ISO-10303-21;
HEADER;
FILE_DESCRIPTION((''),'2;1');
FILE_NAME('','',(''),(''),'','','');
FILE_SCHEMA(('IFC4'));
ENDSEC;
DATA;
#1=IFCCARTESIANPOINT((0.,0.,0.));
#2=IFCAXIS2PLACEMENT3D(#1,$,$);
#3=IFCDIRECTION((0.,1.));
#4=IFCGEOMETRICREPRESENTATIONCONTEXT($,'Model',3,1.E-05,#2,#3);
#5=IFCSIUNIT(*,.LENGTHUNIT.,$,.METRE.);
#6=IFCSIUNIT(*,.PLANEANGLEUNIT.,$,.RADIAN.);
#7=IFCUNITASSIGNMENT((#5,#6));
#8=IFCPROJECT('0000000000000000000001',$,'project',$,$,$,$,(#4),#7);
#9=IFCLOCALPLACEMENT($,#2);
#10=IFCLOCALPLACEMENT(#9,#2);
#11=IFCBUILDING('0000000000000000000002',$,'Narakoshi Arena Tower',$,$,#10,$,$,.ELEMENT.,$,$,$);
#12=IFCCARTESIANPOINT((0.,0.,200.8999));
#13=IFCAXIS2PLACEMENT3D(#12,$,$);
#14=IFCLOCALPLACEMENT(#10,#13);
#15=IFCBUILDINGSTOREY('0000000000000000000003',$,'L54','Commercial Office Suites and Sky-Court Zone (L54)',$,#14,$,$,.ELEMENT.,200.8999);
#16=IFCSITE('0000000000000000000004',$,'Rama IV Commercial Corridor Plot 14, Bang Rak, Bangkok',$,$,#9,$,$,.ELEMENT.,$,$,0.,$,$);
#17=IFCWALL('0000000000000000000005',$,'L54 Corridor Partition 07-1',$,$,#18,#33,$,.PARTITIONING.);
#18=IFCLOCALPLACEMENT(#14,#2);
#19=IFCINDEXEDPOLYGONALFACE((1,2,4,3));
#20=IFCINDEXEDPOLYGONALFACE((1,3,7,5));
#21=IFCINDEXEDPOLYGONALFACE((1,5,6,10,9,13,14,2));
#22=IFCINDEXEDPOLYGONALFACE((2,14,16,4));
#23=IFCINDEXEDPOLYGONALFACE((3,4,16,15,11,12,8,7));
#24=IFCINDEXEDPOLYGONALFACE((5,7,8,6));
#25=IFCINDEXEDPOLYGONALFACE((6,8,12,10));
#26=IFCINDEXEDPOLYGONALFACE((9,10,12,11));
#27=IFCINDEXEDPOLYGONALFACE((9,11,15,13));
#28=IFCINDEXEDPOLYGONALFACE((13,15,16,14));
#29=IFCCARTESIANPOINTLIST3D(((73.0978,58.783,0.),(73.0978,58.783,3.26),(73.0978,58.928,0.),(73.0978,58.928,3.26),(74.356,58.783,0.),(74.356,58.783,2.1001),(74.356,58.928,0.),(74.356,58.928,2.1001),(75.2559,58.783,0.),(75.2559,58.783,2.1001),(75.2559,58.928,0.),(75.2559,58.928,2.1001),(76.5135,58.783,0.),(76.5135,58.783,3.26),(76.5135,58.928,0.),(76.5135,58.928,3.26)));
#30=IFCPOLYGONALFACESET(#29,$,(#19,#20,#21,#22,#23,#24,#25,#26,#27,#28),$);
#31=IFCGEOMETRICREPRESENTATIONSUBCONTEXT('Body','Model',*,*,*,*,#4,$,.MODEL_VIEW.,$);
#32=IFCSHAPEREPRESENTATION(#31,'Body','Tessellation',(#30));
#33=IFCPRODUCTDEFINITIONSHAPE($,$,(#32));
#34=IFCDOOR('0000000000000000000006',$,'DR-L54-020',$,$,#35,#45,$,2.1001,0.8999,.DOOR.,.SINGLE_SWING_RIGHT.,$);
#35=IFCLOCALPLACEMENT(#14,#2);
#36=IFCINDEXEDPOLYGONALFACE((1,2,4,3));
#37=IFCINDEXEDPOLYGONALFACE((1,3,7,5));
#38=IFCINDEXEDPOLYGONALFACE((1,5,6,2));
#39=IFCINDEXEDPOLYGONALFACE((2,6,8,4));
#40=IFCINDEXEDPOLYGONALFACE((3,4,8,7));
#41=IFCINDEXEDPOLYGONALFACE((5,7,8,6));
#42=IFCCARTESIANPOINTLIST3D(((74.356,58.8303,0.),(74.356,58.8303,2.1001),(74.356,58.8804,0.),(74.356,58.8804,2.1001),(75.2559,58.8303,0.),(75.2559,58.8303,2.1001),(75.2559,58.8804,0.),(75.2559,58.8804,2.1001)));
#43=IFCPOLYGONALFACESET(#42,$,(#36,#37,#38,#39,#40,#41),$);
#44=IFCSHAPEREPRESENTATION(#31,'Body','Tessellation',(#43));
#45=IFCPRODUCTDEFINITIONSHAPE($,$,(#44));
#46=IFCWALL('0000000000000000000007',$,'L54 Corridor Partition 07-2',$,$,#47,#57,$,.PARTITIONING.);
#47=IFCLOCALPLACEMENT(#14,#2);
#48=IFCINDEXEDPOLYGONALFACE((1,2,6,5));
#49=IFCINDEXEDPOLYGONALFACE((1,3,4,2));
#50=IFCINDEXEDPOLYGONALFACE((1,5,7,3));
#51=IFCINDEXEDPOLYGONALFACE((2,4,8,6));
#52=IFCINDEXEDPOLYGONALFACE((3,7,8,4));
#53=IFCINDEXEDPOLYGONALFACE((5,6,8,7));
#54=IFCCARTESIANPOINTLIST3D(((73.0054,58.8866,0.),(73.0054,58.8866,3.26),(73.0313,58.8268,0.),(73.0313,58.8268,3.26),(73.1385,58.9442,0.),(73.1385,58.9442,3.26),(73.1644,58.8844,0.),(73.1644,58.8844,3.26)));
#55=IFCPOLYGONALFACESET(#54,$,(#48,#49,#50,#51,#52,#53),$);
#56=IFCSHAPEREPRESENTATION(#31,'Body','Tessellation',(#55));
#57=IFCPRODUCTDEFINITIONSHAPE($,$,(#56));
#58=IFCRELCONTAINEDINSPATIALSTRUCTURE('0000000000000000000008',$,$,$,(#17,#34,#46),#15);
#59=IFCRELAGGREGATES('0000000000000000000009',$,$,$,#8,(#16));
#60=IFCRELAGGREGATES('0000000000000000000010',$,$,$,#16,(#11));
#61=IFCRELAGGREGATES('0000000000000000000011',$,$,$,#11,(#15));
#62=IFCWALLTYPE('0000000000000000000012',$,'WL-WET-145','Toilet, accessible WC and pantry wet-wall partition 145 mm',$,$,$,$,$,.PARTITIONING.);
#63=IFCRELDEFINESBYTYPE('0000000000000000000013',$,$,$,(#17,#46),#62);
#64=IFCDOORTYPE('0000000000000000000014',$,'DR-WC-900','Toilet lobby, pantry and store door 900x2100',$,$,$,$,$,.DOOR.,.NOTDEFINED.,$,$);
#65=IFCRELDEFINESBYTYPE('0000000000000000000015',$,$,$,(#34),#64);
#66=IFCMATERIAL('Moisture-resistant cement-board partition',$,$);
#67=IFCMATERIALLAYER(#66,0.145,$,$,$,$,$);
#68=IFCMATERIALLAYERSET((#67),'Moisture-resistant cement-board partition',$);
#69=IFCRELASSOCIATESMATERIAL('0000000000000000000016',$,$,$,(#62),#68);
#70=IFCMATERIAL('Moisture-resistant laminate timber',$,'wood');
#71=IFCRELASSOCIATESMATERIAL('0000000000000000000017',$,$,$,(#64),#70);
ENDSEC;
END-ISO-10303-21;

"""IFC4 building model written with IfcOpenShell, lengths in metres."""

from ifc_helpers import new_model, si_unit, direction, frame, frame_2d, origin, place, context, subcontext, project, spatial, rectangle, extrude, material, layer, layer_set, type_object, element, fill, save


model = new_model("IFC4")

# Units and contexts
model_context = context("Model", 3, precision=1e-05, world=origin(), true_north=direction((0.0, 1.0)))
body_context = subcontext(model_context, "Body", "Model", "MODEL_VIEW")
ifc_project = project(units=[si_unit("LENGTHUNIT", "METRE"), si_unit("PLANEANGLEUNIT", "RADIAN")], contexts=[model_context])

# Site, building, storey
site_placement = place(None, origin())
site = spatial("IfcSite", under=ifc_project, at=site_placement, Name="Rama IV Commercial Corridor Plot 14, Bang Rak, Bangkok", CompositionType="ELEMENT", RefElevation=0.0)
building_placement = place(site_placement, origin())
building = spatial("IfcBuilding", under=site, at=building_placement, Name="Narakoshi Arena Tower", CompositionType="ELEMENT")
storey_placement = place(building_placement, frame((0.0, 0.0, 200.8999)))
storey = spatial("IfcBuildingStorey", under=building, at=storey_placement, Name="L54", Description="Commercial Office Suites and Sky-Court Zone (L54)", CompositionType="ELEMENT", Elevation=200.8999)

# Shared definitions
ifc_material_1 = material(Name="Moisture-resistant cement-board partition")
ifc_layer_1 = layer(ifc_material_1, 0.145)
ifc_layer_set_1 = layer_set([ifc_layer_1], Name="Moisture-resistant cement-board partition")
wall_type_1 = type_object("IfcWallType", Name="WL-WET-145", Description="Toilet, accessible WC and pantry wet-wall partition 145 mm", PredefinedType="PARTITIONING", material=ifc_layer_set_1)

# Wall, opening, door
wall_1_placement = place(storey_placement, frame((76.5137, 58.8555, 0.0), z_axis=(0.0, 0.0, 1.0), x_axis=(-1.0, 0.0, 0.0)))
wall_1 = element("IfcWall", 1, at=wall_1_placement, inside=storey, type_object=wall_type_1, Name="L54 Corridor Partition 07-1", PredefinedType="PARTITIONING", context=body_context, shape_type="SweptSolid", body=[
    extrude(rectangle(XDim=3.4158, YDim=0.145, at=frame_2d((1.708, 0.0))), origin(), (0.0, 0.0, 1.0), 3.26),
])
opening_1_placement = place(wall_1_placement, frame((1.2578, 0.0, 0.0)))
opening_1 = element("IfcOpeningElement", 2, at=opening_1_placement, cuts=wall_1, PredefinedType="OPENING", context=body_context, shape_type="SweptSolid", body=[
    extrude(rectangle(XDim=0.8999, YDim=2.1001, at=frame_2d((0.45, 1.05))), frame((0.0, 0.0825, 0.0), z_axis=(0.0, -1.0, 0.0), x_axis=(1.0, 0.0, 0.0)), (0.0, 0.0, 1.0), 0.165),
])
ifc_material_2 = material(Name="Moisture-resistant laminate timber", Category="wood")
door_type_1 = type_object("IfcDoorType", Name="DR-WC-900", Description="Toilet lobby, pantry and store door 900x2100", OperationType="NOTDEFINED", PredefinedType="DOOR", material=ifc_material_2)
door_1_placement = place(opening_1_placement, frame((0.8999, 0.0, 0.0), z_axis=(0.0, 0.0, 1.0), x_axis=(-1.0, 0.0, 0.0)))
door_1 = element("IfcDoor", 3, at=door_1_placement, inside=storey, type_object=door_type_1, Name="DR-L54-020", OperationType="SINGLE_SWING_RIGHT", OverallHeight=2.1001, OverallWidth=0.8999, PredefinedType="DOOR", context=body_context, shape_type="SweptSolid", body=[
    extrude(rectangle(XDim=0.8999, YDim=2.1001, at=frame_2d((0.45, 1.05))), frame((0.0, 0.0249, 0.0), z_axis=(0.0, -1.0, 0.0), x_axis=(1.0, 0.0, 0.0)), (0.0, 0.0, 1.0), 0.05),
])
fill(opening_1, door_1)

# Wall
wall_2_placement = place(storey_placement, frame((73.0979, 58.8555, 0.0), z_axis=(0.0, 0.0, 1.0), x_axis=(-0.397082, 0.917783, 0.0)))
element("IfcWall", 4, at=wall_2_placement, inside=storey, type_object=wall_type_1, Name="L54 Corridor Partition 07-2", PredefinedType="PARTITIONING", context=body_context, shape_type="SweptSolid", body=[
    extrude(rectangle(XDim=0.0652, YDim=0.145, at=frame_2d((0.0327, 0.0))), origin(), (0.0, 0.0, 1.0), 3.26),
])

save(model, "model.ifc")
